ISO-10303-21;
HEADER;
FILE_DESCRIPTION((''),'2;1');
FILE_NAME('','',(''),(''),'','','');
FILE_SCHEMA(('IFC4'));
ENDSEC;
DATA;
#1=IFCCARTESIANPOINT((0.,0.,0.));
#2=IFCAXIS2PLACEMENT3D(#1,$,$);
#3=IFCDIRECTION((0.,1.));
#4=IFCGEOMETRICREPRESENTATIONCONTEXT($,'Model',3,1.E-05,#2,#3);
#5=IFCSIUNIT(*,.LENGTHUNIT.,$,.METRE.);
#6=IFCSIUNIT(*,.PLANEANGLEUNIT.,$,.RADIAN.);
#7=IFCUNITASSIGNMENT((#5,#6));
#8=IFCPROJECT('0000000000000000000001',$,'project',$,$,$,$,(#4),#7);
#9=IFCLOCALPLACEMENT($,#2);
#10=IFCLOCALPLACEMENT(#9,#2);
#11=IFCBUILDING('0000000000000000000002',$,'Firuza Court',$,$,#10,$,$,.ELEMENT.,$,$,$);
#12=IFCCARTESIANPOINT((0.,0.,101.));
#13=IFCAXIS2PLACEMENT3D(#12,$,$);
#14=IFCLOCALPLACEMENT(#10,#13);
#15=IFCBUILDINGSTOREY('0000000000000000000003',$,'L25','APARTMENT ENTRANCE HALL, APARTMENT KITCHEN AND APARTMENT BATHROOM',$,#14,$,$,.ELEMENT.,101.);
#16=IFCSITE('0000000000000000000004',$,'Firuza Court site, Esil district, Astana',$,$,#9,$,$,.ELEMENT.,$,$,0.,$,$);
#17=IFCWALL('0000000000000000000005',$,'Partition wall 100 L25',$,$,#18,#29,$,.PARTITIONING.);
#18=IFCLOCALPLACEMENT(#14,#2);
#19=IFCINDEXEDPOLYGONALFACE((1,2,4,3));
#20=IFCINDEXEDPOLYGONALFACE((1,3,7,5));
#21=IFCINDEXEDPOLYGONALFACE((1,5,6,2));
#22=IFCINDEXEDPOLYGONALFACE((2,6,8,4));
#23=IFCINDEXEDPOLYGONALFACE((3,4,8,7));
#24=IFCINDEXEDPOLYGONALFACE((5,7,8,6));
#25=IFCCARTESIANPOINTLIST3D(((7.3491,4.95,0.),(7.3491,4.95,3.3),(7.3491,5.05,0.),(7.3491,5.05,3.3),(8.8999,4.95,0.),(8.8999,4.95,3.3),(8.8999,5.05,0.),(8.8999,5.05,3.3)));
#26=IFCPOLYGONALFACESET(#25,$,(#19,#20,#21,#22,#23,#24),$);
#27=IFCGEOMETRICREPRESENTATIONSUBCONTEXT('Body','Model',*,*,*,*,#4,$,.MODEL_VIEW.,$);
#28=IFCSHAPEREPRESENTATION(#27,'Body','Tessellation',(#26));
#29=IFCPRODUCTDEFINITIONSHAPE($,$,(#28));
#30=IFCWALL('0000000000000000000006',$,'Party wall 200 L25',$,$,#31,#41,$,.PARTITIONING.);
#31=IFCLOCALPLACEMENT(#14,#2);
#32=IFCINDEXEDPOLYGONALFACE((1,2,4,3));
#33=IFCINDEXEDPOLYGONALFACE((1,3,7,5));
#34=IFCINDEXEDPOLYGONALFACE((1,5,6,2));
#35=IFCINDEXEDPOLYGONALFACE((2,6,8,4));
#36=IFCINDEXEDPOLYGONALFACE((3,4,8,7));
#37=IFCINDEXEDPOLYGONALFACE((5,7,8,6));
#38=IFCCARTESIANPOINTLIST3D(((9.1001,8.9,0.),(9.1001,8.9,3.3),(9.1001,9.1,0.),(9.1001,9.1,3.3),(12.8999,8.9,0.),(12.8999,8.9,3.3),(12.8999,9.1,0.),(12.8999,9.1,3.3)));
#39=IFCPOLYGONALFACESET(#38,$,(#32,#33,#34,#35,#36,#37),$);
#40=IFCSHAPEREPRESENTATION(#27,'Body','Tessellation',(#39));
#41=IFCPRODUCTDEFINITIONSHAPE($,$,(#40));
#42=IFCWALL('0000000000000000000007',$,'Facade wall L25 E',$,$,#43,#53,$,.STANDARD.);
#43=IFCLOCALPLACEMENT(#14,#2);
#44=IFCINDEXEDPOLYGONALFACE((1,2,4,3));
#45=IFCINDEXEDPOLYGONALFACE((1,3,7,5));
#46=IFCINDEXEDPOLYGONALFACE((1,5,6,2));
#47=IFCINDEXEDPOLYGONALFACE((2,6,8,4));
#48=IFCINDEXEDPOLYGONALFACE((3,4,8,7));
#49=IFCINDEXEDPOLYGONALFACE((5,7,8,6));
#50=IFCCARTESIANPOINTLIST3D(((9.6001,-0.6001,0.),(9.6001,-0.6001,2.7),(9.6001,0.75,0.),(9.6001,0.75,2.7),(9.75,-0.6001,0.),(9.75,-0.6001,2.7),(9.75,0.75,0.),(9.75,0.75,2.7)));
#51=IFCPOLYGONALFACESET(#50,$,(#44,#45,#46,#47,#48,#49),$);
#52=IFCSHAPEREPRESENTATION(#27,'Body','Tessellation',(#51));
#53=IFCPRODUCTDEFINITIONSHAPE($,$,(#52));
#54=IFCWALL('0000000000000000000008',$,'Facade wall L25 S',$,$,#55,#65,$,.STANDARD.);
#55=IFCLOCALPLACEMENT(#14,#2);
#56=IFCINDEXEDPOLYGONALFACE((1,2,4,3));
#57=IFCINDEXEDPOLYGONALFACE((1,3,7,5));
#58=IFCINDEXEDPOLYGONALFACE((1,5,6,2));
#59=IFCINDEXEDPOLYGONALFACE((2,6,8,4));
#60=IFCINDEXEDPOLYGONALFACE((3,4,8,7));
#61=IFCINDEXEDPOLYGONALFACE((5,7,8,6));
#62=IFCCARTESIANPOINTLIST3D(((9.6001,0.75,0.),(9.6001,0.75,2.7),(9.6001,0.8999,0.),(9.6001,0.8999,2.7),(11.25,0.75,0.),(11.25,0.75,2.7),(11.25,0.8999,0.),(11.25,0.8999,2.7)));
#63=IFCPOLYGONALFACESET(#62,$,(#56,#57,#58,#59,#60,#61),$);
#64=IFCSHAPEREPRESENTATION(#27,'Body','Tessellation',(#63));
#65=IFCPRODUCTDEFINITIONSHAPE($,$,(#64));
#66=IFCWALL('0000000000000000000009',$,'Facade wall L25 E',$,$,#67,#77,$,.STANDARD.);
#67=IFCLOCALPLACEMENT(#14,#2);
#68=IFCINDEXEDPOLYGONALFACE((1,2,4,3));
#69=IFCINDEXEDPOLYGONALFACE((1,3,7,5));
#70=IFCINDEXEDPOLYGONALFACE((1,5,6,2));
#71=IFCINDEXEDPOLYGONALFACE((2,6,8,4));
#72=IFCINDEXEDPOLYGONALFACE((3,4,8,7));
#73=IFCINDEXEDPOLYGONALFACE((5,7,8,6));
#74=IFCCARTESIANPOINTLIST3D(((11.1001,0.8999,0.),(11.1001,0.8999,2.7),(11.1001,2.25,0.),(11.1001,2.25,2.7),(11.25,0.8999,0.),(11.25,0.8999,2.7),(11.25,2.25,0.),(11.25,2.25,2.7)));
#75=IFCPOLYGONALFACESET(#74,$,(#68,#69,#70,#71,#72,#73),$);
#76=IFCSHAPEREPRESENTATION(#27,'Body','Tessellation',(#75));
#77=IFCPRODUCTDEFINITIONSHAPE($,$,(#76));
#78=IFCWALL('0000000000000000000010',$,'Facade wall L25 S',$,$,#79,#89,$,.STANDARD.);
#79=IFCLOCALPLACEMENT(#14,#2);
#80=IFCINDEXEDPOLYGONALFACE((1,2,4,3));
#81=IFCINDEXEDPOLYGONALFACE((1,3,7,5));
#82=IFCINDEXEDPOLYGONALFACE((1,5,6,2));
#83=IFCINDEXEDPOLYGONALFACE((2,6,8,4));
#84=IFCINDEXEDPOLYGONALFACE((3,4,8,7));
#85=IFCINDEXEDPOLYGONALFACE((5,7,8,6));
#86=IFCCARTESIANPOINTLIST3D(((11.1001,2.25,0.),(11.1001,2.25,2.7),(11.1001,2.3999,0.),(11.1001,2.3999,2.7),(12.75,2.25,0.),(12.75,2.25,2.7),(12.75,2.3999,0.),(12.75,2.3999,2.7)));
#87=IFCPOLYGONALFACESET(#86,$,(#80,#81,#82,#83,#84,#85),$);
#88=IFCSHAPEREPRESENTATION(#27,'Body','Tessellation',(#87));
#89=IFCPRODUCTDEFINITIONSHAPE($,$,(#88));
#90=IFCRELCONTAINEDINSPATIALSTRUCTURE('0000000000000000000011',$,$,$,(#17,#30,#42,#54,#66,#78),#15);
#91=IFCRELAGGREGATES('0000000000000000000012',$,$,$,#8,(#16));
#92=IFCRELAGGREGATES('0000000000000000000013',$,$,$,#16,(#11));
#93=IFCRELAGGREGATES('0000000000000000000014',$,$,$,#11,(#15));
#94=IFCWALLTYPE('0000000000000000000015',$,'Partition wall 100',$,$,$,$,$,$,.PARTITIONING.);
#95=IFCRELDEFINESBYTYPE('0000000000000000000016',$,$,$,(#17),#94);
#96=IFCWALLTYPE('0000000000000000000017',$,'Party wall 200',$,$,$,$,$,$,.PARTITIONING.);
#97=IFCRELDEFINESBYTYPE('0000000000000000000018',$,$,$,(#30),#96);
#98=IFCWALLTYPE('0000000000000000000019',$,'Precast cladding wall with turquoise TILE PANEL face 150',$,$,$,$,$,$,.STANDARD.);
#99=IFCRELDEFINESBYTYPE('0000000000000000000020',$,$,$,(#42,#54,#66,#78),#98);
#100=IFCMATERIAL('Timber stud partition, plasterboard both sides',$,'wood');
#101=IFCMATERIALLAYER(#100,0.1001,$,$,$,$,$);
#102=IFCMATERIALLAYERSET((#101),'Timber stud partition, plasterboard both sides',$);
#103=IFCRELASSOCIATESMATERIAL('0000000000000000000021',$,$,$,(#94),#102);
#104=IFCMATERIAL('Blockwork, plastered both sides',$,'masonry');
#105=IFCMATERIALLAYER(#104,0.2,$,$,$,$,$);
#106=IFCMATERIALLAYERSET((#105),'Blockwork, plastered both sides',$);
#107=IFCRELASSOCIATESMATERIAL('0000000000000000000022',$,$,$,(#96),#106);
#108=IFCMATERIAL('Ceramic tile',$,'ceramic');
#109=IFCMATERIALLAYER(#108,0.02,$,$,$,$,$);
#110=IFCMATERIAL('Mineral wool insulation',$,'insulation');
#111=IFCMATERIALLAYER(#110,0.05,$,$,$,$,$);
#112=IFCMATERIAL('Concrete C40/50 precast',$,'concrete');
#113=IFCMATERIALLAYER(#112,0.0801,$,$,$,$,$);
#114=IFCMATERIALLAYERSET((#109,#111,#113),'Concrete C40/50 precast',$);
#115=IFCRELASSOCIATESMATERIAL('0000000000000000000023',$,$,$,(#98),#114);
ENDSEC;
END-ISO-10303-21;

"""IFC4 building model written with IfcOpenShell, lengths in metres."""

from ifc_helpers import new_model, si_unit, direction, frame, frame_2d, origin, place, context, subcontext, project, spatial, rectangle, extrude, material, layer, layer_set, type_object, element, save


model = new_model("IFC4")

# Units and contexts
model_context = context("Model", 3, precision=1e-05, world=origin(), true_north=direction((0.0, 1.0)))
body_context = subcontext(model_context, "Body", "Model", "MODEL_VIEW")
ifc_project = project(units=[si_unit("LENGTHUNIT", "METRE"), si_unit("PLANEANGLEUNIT", "RADIAN")], contexts=[model_context])

# Site, building, storey
site_placement = place(None, origin())
site = spatial("IfcSite", under=ifc_project, at=site_placement, Name="Firuza Court site, Esil district, Astana", CompositionType="ELEMENT", RefElevation=0.0)
building_placement = place(site_placement, origin())
building = spatial("IfcBuilding", under=site, at=building_placement, Name="Firuza Court", CompositionType="ELEMENT")
storey_placement = place(building_placement, frame((0.0, 0.0, 101.0)))
storey = spatial("IfcBuildingStorey", under=building, at=storey_placement, Name="L25", Description="APARTMENT ENTRANCE HALL, APARTMENT KITCHEN AND APARTMENT BATHROOM", CompositionType="ELEMENT", Elevation=101.0)

# Shared definitions
ifc_material_1 = material(Name="Blockwork, plastered both sides", Category="masonry")

# Walls
ifc_material_2 = material(Name="Timber stud partition, plasterboard both sides", Category="wood")
ifc_layer_1 = layer(ifc_material_2, 0.1001)
ifc_layer_set_1 = layer_set([ifc_layer_1], Name="Timber stud partition, plasterboard both sides")
wall_type_1 = type_object("IfcWallType", Name="Partition wall 100", PredefinedType="PARTITIONING", material=ifc_layer_set_1)
wall_1_placement = place(storey_placement, frame((7.3491, 5.0, 0.0), z_axis=(0.0, 0.0, 1.0), x_axis=(1.0, 0.0, 0.0)))
element("IfcWall", 1, at=wall_1_placement, inside=storey, type_object=wall_type_1, Name="Partition wall 100 L25", PredefinedType="PARTITIONING", context=body_context, shape_type="SweptSolid", body=[
    extrude(rectangle(XDim=1.5508, YDim=0.1001, at=frame_2d((0.7754, 0.0))), origin(), (0.0, 0.0, 1.0), 3.3),
])
ifc_layer_2 = layer(ifc_material_1, 0.2)
ifc_layer_set_2 = layer_set([ifc_layer_2], Name="Blockwork, plastered both sides")
wall_type_2 = type_object("IfcWallType", Name="Party wall 200", PredefinedType="PARTITIONING", material=ifc_layer_set_2)
wall_2_placement = place(storey_placement, frame((9.1001, 9.0, 0.0), z_axis=(0.0, 0.0, 1.0), x_axis=(1.0, 0.0, 0.0)))
element("IfcWall", 2, at=wall_2_placement, inside=storey, type_object=wall_type_2, Name="Party wall 200 L25", PredefinedType="PARTITIONING", context=body_context, shape_type="SweptSolid", body=[
    extrude(rectangle(XDim=3.7998, YDim=0.2, at=frame_2d((1.8999, 0.0))), origin(), (0.0, 0.0, 1.0), 3.3),
])
ifc_material_3 = material(Name="Ceramic tile", Category="ceramic")
ifc_layer_3 = layer(ifc_material_3, 0.02)
ifc_material_4 = material(Name="Mineral wool insulation", Category="insulation")
ifc_layer_4 = layer(ifc_material_4, 0.05)
ifc_material_5 = material(Name="Concrete C40/50 precast", Category="concrete")
ifc_layer_5 = layer(ifc_material_5, 0.0801)
ifc_layer_set_3 = layer_set([ifc_layer_3, ifc_layer_4, ifc_layer_5], Name="Concrete C40/50 precast")
wall_type_3 = type_object("IfcWallType", Name="Precast cladding wall with turquoise TILE PANEL face 150", PredefinedType="STANDARD", material=ifc_layer_set_3)
wall_3_placement = place(storey_placement, frame((9.675, -0.6001, 0.0), z_axis=(0.0, 0.0, 1.0), x_axis=(0.0, 1.0, 0.0)))
element("IfcWall", 3, at=wall_3_placement, inside=storey, type_object=wall_type_3, Name="Facade wall L25 E", PredefinedType="STANDARD", context=body_context, shape_type="SweptSolid", body=[
    extrude(rectangle(XDim=1.3501, YDim=0.1499, at=frame_2d((0.675, 0.0))), origin(), (0.0, 0.0, 1.0), 2.7),
])
wall_4_placement = place(storey_placement, frame((9.6001, 0.825, 0.0), z_axis=(0.0, 0.0, 1.0), x_axis=(1.0, 0.0, 0.0)))
element("IfcWall", 4, at=wall_4_placement, inside=storey, type_object=wall_type_3, Name="Facade wall L25 S", PredefinedType="STANDARD", context=body_context, shape_type="SweptSolid", body=[
    extrude(rectangle(XDim=1.6499, YDim=0.1499, at=frame_2d((0.825, 0.0))), origin(), (0.0, 0.0, 1.0), 2.7),
])
wall_5_placement = place(storey_placement, frame((11.175, 0.8999, 0.0), z_axis=(0.0, 0.0, 1.0), x_axis=(0.0, 1.0, 0.0)))
element("IfcWall", 5, at=wall_5_placement, inside=storey, type_object=wall_type_3, Name="Facade wall L25 E", PredefinedType="STANDARD", context=body_context, shape_type="SweptSolid", body=[
    extrude(rectangle(XDim=1.3501, YDim=0.1499, at=frame_2d((0.675, 0.0))), origin(), (0.0, 0.0, 1.0), 2.7),
])
wall_6_placement = place(storey_placement, frame((11.1001, 2.325, 0.0), z_axis=(0.0, 0.0, 1.0), x_axis=(1.0, 0.0, 0.0)))
element("IfcWall", 6, at=wall_6_placement, inside=storey, type_object=wall_type_3, Name="Facade wall L25 S", PredefinedType="STANDARD", context=body_context, shape_type="SweptSolid", body=[
    extrude(rectangle(XDim=1.6499, YDim=0.1499, at=frame_2d((0.825, 0.0))), origin(), (0.0, 0.0, 1.0), 2.7),
])

save(model, "model.ifc")
